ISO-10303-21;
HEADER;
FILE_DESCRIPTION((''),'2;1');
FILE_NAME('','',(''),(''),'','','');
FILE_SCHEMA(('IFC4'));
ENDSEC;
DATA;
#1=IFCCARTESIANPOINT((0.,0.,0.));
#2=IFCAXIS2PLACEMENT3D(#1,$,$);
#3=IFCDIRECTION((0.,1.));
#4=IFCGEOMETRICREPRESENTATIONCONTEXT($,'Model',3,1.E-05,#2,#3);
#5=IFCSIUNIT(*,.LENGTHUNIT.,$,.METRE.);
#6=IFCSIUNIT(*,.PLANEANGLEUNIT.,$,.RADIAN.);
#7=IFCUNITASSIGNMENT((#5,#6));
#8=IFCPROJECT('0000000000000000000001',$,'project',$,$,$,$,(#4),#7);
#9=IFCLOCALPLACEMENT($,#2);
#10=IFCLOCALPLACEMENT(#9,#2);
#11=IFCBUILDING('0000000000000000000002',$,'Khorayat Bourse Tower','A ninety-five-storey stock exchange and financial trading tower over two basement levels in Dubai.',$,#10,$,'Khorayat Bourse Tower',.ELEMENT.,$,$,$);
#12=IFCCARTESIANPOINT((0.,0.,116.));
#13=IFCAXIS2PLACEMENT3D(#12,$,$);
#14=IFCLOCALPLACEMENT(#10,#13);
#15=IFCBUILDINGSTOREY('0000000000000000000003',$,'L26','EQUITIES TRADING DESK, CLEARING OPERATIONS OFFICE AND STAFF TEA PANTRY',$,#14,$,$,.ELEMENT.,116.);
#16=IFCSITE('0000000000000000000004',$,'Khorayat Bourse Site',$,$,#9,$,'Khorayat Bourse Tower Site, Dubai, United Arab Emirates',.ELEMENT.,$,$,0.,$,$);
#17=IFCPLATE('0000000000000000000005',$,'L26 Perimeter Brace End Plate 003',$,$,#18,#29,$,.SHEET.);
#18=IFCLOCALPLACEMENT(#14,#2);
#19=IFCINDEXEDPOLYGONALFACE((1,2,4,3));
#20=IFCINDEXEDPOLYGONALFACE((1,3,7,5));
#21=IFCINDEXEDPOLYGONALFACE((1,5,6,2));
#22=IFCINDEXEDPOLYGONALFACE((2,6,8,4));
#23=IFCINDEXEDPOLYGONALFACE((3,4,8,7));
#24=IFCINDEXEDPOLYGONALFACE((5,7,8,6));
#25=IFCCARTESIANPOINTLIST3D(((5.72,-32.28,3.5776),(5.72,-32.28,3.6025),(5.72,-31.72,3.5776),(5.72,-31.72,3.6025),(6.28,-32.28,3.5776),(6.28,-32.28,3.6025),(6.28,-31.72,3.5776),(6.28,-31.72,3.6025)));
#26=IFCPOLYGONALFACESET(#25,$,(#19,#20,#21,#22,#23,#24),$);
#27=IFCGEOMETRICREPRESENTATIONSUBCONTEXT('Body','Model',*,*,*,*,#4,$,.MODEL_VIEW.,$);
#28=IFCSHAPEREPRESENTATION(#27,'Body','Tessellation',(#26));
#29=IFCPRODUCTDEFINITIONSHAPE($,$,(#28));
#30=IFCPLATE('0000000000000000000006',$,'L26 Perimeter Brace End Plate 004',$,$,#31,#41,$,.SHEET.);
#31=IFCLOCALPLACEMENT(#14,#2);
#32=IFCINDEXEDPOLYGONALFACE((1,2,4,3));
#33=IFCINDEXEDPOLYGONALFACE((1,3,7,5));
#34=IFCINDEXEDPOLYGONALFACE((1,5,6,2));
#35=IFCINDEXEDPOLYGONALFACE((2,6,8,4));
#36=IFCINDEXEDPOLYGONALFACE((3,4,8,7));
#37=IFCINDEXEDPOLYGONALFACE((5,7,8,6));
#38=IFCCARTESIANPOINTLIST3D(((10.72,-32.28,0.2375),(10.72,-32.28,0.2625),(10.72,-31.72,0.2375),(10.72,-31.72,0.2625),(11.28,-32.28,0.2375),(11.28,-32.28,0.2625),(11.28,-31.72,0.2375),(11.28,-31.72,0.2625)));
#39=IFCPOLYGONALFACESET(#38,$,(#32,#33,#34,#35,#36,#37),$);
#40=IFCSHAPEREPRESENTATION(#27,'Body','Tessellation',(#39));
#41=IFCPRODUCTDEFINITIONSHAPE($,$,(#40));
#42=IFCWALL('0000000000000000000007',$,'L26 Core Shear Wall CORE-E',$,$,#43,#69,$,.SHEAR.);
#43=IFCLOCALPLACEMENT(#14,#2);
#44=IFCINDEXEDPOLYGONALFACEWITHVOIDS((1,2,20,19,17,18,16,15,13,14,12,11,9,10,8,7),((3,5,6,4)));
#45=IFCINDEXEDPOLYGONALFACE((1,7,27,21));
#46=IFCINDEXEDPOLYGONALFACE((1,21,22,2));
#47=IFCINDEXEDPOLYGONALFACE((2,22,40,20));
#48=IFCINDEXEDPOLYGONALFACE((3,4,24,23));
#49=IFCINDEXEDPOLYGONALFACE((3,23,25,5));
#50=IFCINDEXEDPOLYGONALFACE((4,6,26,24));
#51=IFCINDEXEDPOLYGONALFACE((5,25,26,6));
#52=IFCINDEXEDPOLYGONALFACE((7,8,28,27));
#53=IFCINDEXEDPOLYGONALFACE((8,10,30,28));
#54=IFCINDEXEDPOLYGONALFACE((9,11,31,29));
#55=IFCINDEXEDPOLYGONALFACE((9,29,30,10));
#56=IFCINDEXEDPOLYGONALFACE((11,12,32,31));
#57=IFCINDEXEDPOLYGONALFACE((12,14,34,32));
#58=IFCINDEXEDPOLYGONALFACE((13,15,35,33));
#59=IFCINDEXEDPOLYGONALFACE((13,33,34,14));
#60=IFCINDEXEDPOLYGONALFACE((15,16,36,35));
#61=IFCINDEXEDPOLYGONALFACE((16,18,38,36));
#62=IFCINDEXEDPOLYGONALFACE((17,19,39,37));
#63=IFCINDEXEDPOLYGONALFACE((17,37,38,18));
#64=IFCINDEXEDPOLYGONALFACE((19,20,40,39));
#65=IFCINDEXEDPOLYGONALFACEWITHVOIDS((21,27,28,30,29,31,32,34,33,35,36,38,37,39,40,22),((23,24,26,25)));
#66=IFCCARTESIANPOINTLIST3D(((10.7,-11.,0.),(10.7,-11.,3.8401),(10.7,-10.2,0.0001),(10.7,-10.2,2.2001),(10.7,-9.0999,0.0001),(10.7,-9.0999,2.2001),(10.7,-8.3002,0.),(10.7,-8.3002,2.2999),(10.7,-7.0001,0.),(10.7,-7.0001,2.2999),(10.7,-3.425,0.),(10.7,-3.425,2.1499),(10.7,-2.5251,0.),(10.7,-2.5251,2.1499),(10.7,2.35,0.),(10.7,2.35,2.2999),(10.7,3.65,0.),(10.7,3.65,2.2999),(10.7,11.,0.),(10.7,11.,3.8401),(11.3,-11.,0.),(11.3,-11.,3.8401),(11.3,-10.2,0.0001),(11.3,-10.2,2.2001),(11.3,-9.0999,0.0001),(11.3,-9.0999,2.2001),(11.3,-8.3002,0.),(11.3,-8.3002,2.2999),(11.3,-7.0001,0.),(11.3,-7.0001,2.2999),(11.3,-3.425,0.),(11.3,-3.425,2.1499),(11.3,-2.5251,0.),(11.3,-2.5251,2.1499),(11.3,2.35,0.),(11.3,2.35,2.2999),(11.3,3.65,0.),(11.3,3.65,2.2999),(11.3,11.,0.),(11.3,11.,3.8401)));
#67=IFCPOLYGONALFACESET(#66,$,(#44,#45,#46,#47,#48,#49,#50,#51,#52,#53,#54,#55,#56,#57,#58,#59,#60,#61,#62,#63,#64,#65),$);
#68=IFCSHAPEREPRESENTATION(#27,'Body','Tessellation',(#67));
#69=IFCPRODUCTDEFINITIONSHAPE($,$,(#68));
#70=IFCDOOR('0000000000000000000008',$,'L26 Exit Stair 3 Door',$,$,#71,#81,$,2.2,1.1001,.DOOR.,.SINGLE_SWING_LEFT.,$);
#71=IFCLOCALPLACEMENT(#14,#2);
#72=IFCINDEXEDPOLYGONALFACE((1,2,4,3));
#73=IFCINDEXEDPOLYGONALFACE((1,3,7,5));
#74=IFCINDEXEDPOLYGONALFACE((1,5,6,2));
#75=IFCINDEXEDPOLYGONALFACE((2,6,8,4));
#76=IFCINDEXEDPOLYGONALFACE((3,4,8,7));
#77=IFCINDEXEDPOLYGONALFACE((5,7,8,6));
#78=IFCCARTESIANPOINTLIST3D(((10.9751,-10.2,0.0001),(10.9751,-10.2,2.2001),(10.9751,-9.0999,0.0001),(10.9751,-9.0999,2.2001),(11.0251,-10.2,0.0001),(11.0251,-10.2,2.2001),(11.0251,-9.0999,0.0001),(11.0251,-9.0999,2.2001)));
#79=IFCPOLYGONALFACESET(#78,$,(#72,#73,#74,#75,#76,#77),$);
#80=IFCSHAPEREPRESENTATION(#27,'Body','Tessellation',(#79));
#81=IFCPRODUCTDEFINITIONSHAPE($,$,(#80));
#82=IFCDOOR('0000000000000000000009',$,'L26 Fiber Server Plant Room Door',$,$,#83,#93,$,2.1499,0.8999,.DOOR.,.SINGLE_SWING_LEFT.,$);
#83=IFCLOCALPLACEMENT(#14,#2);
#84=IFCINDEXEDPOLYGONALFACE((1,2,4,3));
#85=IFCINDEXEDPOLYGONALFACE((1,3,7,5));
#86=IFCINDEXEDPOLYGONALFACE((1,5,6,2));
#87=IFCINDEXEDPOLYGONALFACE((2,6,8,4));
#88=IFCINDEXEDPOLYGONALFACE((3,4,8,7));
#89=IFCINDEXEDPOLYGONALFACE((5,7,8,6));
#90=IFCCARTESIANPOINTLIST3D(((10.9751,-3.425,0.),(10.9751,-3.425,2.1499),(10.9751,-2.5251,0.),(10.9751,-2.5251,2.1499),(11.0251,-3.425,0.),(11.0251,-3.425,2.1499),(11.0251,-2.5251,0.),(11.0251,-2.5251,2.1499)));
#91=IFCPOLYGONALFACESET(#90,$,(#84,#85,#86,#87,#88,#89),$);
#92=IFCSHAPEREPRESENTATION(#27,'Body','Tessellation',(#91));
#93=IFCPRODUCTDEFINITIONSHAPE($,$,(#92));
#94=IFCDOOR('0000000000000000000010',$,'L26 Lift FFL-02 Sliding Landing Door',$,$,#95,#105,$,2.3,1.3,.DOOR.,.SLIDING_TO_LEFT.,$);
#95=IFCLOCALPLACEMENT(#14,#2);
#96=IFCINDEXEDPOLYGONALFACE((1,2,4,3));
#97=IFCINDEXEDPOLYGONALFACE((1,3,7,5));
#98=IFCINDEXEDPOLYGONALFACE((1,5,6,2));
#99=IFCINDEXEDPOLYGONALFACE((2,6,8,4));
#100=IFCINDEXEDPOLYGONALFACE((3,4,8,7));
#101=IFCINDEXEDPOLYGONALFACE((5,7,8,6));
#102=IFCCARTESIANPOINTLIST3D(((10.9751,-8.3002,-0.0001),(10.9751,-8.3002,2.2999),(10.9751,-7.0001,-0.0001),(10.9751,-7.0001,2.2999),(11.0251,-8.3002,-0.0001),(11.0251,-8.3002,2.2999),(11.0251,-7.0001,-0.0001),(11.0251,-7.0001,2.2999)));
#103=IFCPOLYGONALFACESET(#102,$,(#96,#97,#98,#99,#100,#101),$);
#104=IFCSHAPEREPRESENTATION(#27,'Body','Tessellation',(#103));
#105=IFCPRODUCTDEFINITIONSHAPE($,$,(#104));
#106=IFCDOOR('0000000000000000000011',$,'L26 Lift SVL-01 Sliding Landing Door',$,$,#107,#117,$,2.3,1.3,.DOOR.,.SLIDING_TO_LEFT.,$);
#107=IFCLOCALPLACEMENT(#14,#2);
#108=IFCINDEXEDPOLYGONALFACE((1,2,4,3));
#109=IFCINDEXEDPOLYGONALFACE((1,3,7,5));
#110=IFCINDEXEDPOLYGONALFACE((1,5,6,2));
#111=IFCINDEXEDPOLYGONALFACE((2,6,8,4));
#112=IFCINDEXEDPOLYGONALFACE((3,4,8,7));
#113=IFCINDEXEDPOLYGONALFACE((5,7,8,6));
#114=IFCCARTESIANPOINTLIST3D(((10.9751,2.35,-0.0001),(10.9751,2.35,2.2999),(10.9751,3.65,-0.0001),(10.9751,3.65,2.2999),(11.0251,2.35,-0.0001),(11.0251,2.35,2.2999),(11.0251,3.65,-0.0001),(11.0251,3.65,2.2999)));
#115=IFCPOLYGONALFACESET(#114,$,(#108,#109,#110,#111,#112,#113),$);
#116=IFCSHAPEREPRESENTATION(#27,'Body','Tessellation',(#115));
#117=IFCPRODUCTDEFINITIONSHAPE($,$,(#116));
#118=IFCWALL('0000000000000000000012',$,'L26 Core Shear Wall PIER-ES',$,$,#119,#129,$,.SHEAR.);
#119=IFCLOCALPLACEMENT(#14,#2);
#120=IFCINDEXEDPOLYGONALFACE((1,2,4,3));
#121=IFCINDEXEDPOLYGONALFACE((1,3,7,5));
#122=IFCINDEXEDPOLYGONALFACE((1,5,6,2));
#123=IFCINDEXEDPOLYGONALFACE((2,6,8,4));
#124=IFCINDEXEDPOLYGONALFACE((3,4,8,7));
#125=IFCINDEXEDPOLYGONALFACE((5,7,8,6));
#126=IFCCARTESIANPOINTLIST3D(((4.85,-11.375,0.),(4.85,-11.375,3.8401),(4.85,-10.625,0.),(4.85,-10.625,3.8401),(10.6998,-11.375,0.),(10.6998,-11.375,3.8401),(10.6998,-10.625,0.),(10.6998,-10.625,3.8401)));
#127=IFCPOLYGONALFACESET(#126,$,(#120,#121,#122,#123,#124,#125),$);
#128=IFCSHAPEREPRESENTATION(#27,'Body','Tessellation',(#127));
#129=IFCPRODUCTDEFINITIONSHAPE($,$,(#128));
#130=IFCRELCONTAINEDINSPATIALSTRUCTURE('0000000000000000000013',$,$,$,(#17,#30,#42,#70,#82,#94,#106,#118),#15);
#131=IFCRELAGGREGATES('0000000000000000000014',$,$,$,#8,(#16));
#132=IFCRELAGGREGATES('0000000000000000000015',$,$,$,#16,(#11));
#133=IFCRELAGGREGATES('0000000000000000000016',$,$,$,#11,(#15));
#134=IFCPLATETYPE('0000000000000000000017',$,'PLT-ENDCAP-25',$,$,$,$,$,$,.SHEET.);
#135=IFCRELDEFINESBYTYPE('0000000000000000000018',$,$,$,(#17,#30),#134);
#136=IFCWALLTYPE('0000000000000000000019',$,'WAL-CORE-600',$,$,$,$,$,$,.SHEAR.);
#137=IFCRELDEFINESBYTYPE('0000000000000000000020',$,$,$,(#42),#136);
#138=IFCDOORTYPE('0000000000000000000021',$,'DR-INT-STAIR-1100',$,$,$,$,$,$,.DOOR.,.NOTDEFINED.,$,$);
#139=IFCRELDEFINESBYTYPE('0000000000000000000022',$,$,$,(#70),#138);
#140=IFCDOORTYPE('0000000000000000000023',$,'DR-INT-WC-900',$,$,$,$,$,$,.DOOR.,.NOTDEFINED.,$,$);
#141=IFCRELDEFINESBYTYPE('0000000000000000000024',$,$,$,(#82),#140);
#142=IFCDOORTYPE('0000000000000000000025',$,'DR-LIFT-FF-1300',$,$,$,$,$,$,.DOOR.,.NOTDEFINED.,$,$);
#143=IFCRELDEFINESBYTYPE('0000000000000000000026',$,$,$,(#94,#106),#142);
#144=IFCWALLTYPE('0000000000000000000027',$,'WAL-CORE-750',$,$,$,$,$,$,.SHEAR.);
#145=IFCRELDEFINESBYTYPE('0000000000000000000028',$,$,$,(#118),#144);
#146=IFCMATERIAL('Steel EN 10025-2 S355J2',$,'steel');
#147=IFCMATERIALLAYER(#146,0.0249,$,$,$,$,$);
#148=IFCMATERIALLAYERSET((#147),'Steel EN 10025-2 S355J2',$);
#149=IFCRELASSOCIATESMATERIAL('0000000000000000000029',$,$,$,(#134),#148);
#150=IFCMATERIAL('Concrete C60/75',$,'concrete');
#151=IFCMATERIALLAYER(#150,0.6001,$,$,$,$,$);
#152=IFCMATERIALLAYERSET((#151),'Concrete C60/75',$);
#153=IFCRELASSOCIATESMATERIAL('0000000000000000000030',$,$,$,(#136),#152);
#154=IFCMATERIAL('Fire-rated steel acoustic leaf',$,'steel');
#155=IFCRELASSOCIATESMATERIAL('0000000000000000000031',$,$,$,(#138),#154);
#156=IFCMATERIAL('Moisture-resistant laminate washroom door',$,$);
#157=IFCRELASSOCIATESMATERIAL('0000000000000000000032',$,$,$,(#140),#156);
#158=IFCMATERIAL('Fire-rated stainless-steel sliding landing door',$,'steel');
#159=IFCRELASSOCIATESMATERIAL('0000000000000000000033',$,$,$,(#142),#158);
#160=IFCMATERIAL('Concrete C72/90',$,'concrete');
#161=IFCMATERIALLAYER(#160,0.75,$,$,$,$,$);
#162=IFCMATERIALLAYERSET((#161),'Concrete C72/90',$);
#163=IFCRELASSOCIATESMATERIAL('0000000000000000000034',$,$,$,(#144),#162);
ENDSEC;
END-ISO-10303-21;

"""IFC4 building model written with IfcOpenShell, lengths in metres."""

from ifc_helpers import new_model, si_unit, direction, frame, frame_2d, origin, origin_2d, place, context, subcontext, project, spatial, rectangle, extrude, source, transform, mapped, material, layer, layer_set, type_object, element, fill, save


model = new_model("IFC4")

# Units and contexts
model_context = context("Model", 3, precision=1e-05, world=origin(), true_north=direction((0.0, 1.0)))
body_context = subcontext(model_context, "Body", "Model", "MODEL_VIEW")
ifc_project = project(units=[si_unit("LENGTHUNIT", "METRE"), si_unit("PLANEANGLEUNIT", "RADIAN")], contexts=[model_context])

# Site, building, storey
site_placement = place(None, origin())
site = spatial("IfcSite", under=ifc_project, at=site_placement, Name="Khorayat Bourse Site", LongName="Khorayat Bourse Tower Site, Dubai, United Arab Emirates", CompositionType="ELEMENT", RefElevation=0.0)
building_placement = place(site_placement, origin())
building = spatial("IfcBuilding", under=site, at=building_placement, Name="Khorayat Bourse Tower", Description="A ninety-five-storey stock exchange and financial trading tower over two basement levels in Dubai.", LongName="Khorayat Bourse Tower", CompositionType="ELEMENT")
storey_placement = place(building_placement, frame((0.0, 0.0, 116.0)))
storey = spatial("IfcBuildingStorey", under=building, at=storey_placement, Name="L26", Description="EQUITIES TRADING DESK, CLEARING OPERATIONS OFFICE AND STAFF TEA PANTRY", CompositionType="ELEMENT", Elevation=116.0)

# Shared definitions
ifc_material_1 = material(Name="Concrete C72/90", Category="concrete")

# Plates
ifc_material_2 = material(Name="Steel EN 10025-2 S355J2", Category="steel")
ifc_layer_1 = layer(ifc_material_2, 0.0249)
ifc_layer_set_1 = layer_set([ifc_layer_1], Name="Steel EN 10025-2 S355J2")
plate_type = type_object("IfcPlateType", Name="PLT-ENDCAP-25", PredefinedType="SHEET", material=ifc_layer_set_1)
shared_shape_1 = source(origin(), body_context, "Body", "SweptSolid", [
    extrude(rectangle(XDim=0.5601, YDim=0.5601, at=origin_2d()), origin(), (0.0, 0.0, 1.0), 0.0249),
])
for number, where, z_axis, x_axis, name in (
    (1, (6.0, -32.0, 3.5776), (0.0, 0.0, 1.0), (1.0, 0.0, 0.0), "L26 Perimeter Brace End Plate 003"),
    (2, (11.0, -32.0, 0.2375), (0.0, 0.0, 1.0), (1.0, 0.0, 0.0), "L26 Perimeter Brace End Plate 004"),
):
    element("IfcPlate", number, at=place(storey_placement, frame(where, z_axis=z_axis, x_axis=x_axis)), inside=storey, type_object=plate_type, Name=name, PredefinedType="SHEET", context=body_context, shape_type="MappedRepresentation", body=[
        mapped(shared_shape_1, transform((0.0, 0.0, 0.0), scale=1.0)),
    ])

# Wall, openings, doors
ifc_material_3 = material(Name="Concrete C60/75", Category="concrete")
ifc_layer_2 = layer(ifc_material_3, 0.6001)
ifc_layer_set_2 = layer_set([ifc_layer_2], Name="Concrete C60/75")
wall_type_1 = type_object("IfcWallType", Name="WAL-CORE-600", PredefinedType="SHEAR", material=ifc_layer_set_2)
shared_shape_2 = source(origin(), body_context, "Body", "SweptSolid", [
    extrude(rectangle(XDim=22.0, YDim=0.6001, at=frame_2d((11.0, 0.0))), origin(), (0.0, 0.0, 1.0), 3.8401),
])
wall_1_placement = place(storey_placement, frame((11.0, -11.0, 0.0), z_axis=(0.0, 0.0, 1.0), x_axis=(0.0, 1.0, 0.0)))
wall_1 = element("IfcWall", 3, at=wall_1_placement, inside=storey, type_object=wall_type_1, Name="L26 Core Shear Wall CORE-E", PredefinedType="SHEAR", context=body_context, shape_type="MappedRepresentation", body=[
    mapped(shared_shape_2, transform((0.0, 0.0, 0.0), scale=1.0)),
])
shared_shape_3 = source(origin(), body_context, "Body", "SweptSolid", [
    extrude(rectangle(XDim=1.1001, YDim=2.2, at=frame_2d((0.55, 1.1001))), frame((0.0, 0.3101, 0.0), z_axis=(0.0, -1.0, 0.0), x_axis=(1.0, 0.0, 0.0)), (0.0, 0.0, 1.0), 0.6201),
])
opening_1_placement = place(wall_1_placement, frame((0.8, 0.0, 0.0)))
opening_1 = element("IfcOpeningElement", 4, at=opening_1_placement, cuts=wall_1, PredefinedType="OPENING", context=body_context, shape_type="MappedRepresentation", body=[
    mapped(shared_shape_3, transform((0.0, 0.0, 0.0), scale=1.0)),
])
shared_shape_4 = source(origin(), body_context, "Body", "SweptSolid", [
    extrude(rectangle(XDim=0.8999, YDim=2.1499, at=frame_2d((0.45, 1.075))), frame((0.0, 0.3101, 0.0), z_axis=(0.0, -1.0, 0.0), x_axis=(1.0, 0.0, 0.0)), (0.0, 0.0, 1.0), 0.6201),
])
opening_2_placement = place(wall_1_placement, frame((7.575, 0.0, 0.0)))
opening_2 = element("IfcOpeningElement", 5, at=opening_2_placement, cuts=wall_1, PredefinedType="OPENING", context=body_context, shape_type="MappedRepresentation", body=[
    mapped(shared_shape_4, transform((0.0, 0.0, 0.0), scale=1.0)),
])
shared_shape_5 = source(origin(), body_context, "Body", "SweptSolid", [
    extrude(rectangle(XDim=1.3, YDim=2.3, at=frame_2d((0.6499, 1.1499))), frame((0.0, 0.3101, 0.0), z_axis=(0.0, -1.0, 0.0), x_axis=(1.0, 0.0, 0.0)), (0.0, 0.0, 1.0), 0.6201),
])
opening_3_placement = place(wall_1_placement, frame((2.7, 0.0, 0.0)))
opening_3 = element("IfcOpeningElement", 6, at=opening_3_placement, cuts=wall_1, PredefinedType="OPENING", context=body_context, shape_type="MappedRepresentation", body=[
    mapped(shared_shape_5, transform((0.0, 0.0, 0.0), scale=1.0)),
])
opening_4_placement = place(wall_1_placement, frame((13.3501, 0.0, 0.0)))
opening_4 = element("IfcOpeningElement", 7, at=opening_4_placement, cuts=wall_1, PredefinedType="OPENING", context=body_context, shape_type="MappedRepresentation", body=[
    mapped(shared_shape_5, transform((0.0, 0.0, 0.0), scale=1.0)),
])
ifc_material_4 = material(Name="Fire-rated steel acoustic leaf", Category="steel")
door_type_1 = type_object("IfcDoorType", Name="DR-INT-STAIR-1100", OperationType="NOTDEFINED", PredefinedType="DOOR", material=ifc_material_4)
shared_shape_6 = source(origin(), body_context, "Body", "SweptSolid", [
    extrude(rectangle(XDim=1.1001, YDim=2.2, at=frame_2d((0.55, 1.1001))), frame((0.0, 0.0249, 0.0), z_axis=(0.0, -1.0, 0.0), x_axis=(1.0, 0.0, 0.0)), (0.0, 0.0, 1.0), 0.05),
])
door_1_placement = place(opening_1_placement, origin())
door_1 = element("IfcDoor", 8, at=door_1_placement, inside=storey, type_object=door_type_1, Name="L26 Exit Stair 3 Door", OperationType="SINGLE_SWING_LEFT", OverallHeight=2.2, OverallWidth=1.1001, PredefinedType="DOOR", context=body_context, shape_type="MappedRepresentation", body=[
    mapped(shared_shape_6, transform((0.0, 0.0, 0.0), scale=1.0)),
])
fill(opening_1, door_1)
ifc_material_5 = material(Name="Moisture-resistant laminate washroom door")
door_type_2 = type_object("IfcDoorType", Name="DR-INT-WC-900", OperationType="NOTDEFINED", PredefinedType="DOOR", material=ifc_material_5)
shared_shape_7 = source(origin(), body_context, "Body", "SweptSolid", [
    extrude(rectangle(XDim=0.8999, YDim=2.1499, at=frame_2d((0.45, 1.075))), frame((0.0, 0.0249, 0.0), z_axis=(0.0, -1.0, 0.0), x_axis=(1.0, 0.0, 0.0)), (0.0, 0.0, 1.0), 0.05),
])
door_2_placement = place(opening_2_placement, origin())
door_2 = element("IfcDoor", 9, at=door_2_placement, inside=storey, type_object=door_type_2, Name="L26 Fiber Server Plant Room Door", OperationType="SINGLE_SWING_LEFT", OverallHeight=2.1499, OverallWidth=0.8999, PredefinedType="DOOR", context=body_context, shape_type="MappedRepresentation", body=[
    mapped(shared_shape_7, transform((0.0, 0.0, 0.0), scale=1.0)),
])
fill(opening_2, door_2)
ifc_material_6 = material(Name="Fire-rated stainless-steel sliding landing door", Category="steel")
door_type_3 = type_object("IfcDoorType", Name="DR-LIFT-FF-1300", OperationType="NOTDEFINED", PredefinedType="DOOR", material=ifc_material_6)
shared_shape_8 = source(origin(), body_context, "Body", "SweptSolid", [
    extrude(rectangle(XDim=1.3, YDim=2.3, at=frame_2d((0.6499, 1.1499))), frame((0.0, 0.0249, 0.0), z_axis=(0.0, -1.0, 0.0), x_axis=(1.0, 0.0, 0.0)), (0.0, 0.0, 1.0), 0.05),
])
door_3_placement = place(opening_3_placement, origin())
door_3 = element("IfcDoor", 10, at=door_3_placement, inside=storey, type_object=door_type_3, Name="L26 Lift FFL-02 Sliding Landing Door", OperationType="SLIDING_TO_LEFT", OverallHeight=2.3, OverallWidth=1.3, PredefinedType="DOOR", context=body_context, shape_type="MappedRepresentation", body=[
    mapped(shared_shape_8, transform((0.0, 0.0, 0.0), scale=1.0)),
])
fill(opening_3, door_3)
door_4_placement = place(opening_4_placement, origin())
door_4 = element("IfcDoor", 11, at=door_4_placement, inside=storey, type_object=door_type_3, Name="L26 Lift SVL-01 Sliding Landing Door", OperationType="SLIDING_TO_LEFT", OverallHeight=2.3, OverallWidth=1.3, PredefinedType="DOOR", context=body_context, shape_type="MappedRepresentation", body=[
    mapped(shared_shape_8, transform((0.0, 0.0, 0.0), scale=1.0)),
])
fill(opening_4, door_4)

# Wall
ifc_layer_3 = layer(ifc_material_1, 0.75)
ifc_layer_set_3 = layer_set([ifc_layer_3], Name="Concrete C72/90")
wall_type_2 = type_object("IfcWallType", Name="WAL-CORE-750", PredefinedType="SHEAR", material=ifc_layer_set_3)
shared_shape_9 = source(origin(), body_context, "Body", "SweptSolid", [
    extrude(rectangle(XDim=5.8499, YDim=0.75, at=frame_2d((2.9248, 0.0))), origin(), (0.0, 0.0, 1.0), 3.8401),
])
wall_2_placement = place(storey_placement, frame((4.8501, -11.0, 0.0), z_axis=(0.0, 0.0, 1.0), x_axis=(1.0, 0.0, 0.0)))
element("IfcWall", 12, at=wall_2_placement, inside=storey, type_object=wall_type_2, Name="L26 Core Shear Wall PIER-ES", PredefinedType="SHEAR", context=body_context, shape_type="MappedRepresentation", body=[
    mapped(shared_shape_9, transform((0.0, 0.0, 0.0), scale=1.0)),
])

save(model, "model.ifc")
